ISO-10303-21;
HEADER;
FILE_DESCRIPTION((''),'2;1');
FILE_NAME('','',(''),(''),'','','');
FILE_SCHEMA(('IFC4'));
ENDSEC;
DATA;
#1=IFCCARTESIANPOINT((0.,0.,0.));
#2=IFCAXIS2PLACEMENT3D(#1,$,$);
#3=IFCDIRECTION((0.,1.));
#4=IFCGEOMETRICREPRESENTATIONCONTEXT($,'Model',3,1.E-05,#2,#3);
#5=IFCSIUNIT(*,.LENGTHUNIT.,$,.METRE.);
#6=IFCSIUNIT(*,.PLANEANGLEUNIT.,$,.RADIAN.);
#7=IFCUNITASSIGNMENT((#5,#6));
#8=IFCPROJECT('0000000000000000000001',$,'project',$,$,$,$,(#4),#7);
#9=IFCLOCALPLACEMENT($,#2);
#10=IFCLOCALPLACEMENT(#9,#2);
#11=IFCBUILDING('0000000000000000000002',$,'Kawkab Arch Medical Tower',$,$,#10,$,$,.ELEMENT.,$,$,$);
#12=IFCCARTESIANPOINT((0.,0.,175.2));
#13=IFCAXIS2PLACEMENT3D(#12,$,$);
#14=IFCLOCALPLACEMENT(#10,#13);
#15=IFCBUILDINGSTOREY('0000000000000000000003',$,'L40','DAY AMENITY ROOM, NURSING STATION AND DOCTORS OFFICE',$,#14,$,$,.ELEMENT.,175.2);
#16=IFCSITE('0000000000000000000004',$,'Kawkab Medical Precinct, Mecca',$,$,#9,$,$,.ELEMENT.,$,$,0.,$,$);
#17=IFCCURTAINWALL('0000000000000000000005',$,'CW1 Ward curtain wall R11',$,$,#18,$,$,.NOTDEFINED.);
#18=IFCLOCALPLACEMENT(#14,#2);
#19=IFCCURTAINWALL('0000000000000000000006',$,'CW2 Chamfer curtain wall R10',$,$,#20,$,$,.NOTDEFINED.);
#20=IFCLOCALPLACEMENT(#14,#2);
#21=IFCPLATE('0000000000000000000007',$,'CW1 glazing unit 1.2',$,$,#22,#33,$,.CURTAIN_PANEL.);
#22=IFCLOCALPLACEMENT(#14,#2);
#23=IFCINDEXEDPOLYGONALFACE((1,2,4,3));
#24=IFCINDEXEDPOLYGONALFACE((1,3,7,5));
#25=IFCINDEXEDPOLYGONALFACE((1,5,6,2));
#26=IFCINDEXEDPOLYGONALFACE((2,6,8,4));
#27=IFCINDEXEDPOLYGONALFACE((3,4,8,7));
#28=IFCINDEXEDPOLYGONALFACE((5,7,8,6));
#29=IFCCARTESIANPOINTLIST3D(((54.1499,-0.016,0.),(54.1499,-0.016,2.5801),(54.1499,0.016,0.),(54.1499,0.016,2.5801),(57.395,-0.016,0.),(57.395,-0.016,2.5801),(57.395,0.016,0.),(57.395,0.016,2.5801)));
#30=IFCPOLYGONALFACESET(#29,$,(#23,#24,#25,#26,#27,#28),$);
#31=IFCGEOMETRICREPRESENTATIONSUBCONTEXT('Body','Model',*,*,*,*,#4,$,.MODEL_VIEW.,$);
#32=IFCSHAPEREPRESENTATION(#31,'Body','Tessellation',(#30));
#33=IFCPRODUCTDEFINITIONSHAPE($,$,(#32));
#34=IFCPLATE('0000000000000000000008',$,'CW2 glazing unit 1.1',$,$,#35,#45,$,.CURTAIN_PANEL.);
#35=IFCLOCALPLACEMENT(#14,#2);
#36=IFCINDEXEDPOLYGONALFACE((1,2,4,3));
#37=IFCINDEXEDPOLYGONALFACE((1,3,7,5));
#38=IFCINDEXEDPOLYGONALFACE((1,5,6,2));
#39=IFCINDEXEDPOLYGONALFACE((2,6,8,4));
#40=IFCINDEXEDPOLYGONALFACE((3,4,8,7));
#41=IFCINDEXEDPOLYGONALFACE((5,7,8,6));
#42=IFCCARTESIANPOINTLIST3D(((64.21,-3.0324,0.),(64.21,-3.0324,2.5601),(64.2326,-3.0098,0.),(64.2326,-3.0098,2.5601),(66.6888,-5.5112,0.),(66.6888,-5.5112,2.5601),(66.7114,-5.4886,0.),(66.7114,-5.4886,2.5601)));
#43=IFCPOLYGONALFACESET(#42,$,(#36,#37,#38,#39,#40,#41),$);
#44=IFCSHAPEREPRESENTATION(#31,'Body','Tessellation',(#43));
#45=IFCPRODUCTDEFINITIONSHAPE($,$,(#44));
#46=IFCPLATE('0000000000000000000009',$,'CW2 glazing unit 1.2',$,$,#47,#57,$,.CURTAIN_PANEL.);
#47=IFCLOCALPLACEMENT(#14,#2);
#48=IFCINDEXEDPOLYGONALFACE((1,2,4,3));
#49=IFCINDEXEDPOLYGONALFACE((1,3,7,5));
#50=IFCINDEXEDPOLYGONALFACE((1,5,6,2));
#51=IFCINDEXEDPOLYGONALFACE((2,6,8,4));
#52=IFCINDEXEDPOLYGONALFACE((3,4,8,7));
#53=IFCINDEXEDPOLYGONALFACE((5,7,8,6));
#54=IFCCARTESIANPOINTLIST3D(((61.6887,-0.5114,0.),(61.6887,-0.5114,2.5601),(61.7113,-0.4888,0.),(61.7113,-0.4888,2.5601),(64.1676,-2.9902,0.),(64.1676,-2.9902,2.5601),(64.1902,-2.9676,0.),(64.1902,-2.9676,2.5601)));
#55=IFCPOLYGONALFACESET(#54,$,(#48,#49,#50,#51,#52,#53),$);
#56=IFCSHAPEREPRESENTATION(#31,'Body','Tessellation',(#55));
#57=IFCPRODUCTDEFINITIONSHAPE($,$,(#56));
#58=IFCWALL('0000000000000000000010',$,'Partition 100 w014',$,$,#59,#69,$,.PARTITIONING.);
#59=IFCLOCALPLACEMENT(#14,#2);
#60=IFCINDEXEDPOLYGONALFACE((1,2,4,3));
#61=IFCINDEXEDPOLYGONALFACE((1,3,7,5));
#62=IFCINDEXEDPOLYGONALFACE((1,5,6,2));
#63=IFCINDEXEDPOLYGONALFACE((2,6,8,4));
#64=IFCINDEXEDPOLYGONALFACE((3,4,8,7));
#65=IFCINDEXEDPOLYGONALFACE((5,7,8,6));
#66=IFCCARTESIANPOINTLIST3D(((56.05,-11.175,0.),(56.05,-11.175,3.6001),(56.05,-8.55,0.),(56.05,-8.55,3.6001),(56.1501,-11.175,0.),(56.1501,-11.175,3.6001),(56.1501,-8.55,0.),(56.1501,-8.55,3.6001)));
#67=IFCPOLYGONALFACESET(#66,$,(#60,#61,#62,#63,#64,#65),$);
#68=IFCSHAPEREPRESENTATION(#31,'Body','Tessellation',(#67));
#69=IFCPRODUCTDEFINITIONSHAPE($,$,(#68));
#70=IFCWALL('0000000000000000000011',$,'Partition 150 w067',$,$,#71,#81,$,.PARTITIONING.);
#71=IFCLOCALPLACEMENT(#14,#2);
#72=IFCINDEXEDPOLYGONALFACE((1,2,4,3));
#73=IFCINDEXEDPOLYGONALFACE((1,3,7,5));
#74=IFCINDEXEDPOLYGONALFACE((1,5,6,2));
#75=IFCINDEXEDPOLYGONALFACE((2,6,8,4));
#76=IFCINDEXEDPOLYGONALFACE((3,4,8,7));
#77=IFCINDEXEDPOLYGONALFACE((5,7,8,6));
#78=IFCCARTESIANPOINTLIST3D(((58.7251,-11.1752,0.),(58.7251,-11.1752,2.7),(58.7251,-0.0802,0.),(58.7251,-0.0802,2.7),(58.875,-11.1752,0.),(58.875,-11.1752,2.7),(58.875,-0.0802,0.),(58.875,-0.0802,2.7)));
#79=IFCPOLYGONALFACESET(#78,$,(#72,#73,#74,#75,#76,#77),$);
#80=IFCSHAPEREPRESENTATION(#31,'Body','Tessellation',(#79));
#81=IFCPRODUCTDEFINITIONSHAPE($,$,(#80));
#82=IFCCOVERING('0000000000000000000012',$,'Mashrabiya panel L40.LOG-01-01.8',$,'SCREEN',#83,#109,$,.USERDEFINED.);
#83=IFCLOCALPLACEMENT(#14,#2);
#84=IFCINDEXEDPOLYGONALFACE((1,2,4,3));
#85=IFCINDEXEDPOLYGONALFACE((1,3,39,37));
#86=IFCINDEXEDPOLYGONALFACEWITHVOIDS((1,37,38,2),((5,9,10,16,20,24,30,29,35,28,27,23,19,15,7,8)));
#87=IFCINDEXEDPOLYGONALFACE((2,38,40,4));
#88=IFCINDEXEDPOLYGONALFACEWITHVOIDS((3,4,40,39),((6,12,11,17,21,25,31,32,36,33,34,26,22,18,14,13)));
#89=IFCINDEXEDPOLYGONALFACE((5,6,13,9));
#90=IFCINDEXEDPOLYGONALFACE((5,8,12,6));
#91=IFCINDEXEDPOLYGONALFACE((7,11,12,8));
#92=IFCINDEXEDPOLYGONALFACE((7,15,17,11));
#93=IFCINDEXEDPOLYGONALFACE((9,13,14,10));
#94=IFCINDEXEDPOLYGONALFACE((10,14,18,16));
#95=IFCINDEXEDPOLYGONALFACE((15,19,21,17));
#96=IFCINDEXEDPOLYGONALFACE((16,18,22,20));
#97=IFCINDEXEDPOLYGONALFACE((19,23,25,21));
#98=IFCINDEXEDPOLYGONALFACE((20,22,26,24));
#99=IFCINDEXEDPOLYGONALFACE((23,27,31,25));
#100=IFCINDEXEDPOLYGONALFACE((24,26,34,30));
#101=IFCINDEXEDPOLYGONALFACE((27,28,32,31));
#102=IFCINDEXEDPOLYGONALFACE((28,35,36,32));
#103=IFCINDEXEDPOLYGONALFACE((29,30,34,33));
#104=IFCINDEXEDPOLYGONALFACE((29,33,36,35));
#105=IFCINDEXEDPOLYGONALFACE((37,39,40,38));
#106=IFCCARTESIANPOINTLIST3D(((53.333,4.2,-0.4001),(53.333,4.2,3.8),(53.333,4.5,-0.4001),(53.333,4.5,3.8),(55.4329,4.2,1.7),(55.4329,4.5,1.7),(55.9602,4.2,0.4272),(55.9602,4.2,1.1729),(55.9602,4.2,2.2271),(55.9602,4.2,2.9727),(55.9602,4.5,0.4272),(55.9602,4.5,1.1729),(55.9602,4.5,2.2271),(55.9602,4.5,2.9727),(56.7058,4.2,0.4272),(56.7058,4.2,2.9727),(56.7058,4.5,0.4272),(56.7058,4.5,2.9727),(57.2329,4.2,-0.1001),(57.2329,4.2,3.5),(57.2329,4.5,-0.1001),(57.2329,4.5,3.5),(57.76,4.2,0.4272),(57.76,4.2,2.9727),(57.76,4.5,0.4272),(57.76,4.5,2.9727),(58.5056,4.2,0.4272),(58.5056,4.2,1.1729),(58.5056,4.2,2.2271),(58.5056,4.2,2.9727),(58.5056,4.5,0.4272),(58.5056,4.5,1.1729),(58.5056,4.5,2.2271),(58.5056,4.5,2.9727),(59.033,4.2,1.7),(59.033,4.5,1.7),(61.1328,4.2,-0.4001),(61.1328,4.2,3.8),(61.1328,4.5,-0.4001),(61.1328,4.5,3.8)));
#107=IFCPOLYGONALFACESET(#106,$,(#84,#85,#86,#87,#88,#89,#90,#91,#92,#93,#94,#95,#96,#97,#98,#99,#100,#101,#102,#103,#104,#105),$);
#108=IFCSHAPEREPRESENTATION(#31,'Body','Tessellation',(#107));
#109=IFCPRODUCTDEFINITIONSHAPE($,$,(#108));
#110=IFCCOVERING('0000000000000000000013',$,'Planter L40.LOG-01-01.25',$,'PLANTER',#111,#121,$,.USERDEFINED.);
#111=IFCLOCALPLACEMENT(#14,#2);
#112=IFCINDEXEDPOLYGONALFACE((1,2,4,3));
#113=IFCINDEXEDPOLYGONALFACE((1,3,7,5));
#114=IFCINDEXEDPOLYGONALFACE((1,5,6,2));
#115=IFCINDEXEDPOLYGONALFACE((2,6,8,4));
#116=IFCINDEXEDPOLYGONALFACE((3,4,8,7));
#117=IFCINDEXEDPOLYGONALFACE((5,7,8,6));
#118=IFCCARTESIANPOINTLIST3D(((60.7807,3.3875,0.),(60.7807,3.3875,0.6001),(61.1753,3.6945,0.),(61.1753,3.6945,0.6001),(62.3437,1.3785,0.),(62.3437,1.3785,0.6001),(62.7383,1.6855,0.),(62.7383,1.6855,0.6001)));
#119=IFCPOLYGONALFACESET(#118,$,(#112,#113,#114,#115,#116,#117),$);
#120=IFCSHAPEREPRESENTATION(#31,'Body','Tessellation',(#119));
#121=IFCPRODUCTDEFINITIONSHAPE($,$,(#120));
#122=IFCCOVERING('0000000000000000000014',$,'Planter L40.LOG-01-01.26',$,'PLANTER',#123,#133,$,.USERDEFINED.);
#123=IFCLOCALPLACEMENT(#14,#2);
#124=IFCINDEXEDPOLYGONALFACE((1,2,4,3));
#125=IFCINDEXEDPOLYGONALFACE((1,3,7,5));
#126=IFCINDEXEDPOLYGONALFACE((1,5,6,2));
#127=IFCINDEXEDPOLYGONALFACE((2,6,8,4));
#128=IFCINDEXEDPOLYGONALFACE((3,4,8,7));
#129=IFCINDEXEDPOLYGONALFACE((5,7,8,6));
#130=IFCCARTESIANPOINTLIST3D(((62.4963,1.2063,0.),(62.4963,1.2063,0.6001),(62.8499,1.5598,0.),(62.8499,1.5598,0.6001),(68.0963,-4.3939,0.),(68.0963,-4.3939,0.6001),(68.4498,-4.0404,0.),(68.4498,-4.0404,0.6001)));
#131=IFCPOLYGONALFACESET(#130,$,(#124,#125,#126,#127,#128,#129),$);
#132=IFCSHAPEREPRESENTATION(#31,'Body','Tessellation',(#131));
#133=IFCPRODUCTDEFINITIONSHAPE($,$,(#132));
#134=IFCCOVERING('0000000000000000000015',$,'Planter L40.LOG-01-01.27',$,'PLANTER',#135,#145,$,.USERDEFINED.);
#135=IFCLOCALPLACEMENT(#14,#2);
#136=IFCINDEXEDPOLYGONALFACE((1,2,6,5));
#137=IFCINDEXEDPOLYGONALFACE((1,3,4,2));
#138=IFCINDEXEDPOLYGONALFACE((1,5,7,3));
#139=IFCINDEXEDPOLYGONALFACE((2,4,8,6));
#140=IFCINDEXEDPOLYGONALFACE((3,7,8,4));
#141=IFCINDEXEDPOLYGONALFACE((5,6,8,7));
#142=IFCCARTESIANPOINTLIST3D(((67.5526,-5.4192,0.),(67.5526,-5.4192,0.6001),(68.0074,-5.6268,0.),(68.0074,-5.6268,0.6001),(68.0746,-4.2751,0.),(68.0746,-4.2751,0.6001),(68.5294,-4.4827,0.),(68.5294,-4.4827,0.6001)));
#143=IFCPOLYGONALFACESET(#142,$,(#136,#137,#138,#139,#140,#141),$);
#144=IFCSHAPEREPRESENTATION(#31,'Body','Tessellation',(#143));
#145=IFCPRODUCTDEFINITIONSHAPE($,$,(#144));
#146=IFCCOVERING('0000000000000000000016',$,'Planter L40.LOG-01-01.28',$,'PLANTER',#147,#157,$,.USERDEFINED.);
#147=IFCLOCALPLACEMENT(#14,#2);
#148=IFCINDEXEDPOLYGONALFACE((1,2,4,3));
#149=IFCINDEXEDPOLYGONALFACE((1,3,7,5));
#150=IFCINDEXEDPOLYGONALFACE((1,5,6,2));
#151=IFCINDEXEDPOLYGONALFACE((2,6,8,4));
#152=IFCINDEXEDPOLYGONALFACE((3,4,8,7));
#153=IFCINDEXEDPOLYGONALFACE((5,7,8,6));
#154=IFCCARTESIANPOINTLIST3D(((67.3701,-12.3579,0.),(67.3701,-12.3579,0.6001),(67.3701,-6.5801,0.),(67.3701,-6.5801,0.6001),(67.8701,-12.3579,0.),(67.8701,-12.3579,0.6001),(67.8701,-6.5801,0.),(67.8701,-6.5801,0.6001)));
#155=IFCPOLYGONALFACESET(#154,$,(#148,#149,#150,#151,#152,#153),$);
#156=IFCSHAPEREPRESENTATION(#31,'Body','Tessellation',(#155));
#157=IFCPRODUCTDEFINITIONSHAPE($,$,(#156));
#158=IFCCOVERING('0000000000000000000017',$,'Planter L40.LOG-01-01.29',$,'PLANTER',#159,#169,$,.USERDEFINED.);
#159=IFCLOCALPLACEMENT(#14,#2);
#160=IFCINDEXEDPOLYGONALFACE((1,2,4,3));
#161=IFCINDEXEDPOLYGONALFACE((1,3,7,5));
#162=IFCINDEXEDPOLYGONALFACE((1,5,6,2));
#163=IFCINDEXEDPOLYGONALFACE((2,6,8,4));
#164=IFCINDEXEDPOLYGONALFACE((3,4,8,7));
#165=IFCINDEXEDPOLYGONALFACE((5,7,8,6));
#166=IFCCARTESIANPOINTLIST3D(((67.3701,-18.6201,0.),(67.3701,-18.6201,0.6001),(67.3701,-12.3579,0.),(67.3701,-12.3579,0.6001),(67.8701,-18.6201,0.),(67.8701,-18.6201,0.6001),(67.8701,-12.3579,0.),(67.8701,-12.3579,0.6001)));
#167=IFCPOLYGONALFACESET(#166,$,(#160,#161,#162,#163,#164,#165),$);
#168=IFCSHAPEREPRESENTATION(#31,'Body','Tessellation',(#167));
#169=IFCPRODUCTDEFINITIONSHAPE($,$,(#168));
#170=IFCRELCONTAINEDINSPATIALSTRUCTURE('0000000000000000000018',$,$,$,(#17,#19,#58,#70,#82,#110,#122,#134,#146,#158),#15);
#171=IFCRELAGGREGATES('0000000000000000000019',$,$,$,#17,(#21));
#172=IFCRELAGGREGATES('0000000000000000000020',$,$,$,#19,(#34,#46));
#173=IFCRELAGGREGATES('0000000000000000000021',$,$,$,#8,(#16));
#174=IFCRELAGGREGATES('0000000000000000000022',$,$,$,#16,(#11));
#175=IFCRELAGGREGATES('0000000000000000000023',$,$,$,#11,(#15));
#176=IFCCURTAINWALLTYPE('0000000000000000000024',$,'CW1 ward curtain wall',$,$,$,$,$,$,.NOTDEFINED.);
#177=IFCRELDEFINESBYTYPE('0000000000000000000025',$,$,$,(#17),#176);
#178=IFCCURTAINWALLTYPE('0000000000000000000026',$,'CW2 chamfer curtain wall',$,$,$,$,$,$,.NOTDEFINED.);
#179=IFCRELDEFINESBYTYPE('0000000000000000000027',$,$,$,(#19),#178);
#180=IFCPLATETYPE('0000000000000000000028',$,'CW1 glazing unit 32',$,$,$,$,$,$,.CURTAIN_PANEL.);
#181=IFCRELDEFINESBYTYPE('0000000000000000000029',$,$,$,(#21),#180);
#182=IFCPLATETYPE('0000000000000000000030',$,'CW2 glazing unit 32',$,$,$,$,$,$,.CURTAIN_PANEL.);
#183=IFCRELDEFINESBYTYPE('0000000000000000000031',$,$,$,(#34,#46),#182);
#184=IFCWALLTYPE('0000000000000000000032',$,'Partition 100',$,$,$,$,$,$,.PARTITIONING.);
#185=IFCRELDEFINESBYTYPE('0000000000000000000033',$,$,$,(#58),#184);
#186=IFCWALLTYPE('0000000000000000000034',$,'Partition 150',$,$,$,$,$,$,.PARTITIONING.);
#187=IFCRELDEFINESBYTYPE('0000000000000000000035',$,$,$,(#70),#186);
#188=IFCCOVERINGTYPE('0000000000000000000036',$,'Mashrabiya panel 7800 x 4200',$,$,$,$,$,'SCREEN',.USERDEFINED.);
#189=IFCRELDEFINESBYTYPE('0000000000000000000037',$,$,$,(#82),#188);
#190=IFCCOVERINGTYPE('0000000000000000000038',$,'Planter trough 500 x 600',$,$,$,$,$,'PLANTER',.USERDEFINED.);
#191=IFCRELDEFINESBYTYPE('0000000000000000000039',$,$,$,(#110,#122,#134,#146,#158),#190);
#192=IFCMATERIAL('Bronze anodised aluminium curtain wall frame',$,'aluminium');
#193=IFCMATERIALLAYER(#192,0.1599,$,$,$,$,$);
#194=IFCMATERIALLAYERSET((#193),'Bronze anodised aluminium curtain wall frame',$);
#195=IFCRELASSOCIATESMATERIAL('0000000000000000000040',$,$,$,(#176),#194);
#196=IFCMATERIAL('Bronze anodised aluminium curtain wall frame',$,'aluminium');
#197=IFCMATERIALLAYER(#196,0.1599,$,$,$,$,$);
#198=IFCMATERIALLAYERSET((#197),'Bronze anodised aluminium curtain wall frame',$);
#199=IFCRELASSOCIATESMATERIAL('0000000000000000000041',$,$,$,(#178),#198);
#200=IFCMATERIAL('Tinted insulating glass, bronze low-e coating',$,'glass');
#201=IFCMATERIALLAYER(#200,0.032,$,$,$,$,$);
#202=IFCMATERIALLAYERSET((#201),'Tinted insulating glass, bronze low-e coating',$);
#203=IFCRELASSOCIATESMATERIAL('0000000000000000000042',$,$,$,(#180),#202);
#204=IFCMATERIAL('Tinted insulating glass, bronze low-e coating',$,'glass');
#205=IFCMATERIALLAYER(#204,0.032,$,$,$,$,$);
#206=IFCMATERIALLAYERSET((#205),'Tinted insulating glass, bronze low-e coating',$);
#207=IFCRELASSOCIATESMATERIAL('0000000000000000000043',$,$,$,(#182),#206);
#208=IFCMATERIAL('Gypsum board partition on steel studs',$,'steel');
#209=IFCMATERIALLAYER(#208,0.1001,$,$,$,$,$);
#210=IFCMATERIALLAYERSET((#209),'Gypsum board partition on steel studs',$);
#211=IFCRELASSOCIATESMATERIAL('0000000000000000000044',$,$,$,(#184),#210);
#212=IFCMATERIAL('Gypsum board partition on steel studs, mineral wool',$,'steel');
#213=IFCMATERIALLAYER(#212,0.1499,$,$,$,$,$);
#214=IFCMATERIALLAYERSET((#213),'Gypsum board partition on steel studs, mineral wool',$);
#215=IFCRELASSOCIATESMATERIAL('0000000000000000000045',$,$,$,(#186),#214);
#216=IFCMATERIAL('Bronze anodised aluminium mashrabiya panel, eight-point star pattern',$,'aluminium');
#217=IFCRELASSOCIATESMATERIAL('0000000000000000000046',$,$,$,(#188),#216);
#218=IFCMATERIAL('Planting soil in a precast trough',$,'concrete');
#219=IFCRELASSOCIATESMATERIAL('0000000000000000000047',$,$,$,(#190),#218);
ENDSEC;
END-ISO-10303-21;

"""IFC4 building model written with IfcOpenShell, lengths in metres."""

from ifc_helpers import new_model, si_unit, direction, frame, frame_2d, origin, origin_2d, place, context, subcontext, project, spatial, polyline, rectangle, outline, extrude, material, layer, layer_set, material_profile, profile_set, type_object, element, aggregate, save


model = new_model("IFC4")

# Units and contexts
model_context = context("Model", 3, precision=1e-05, world=origin(), true_north=direction((0.0, 1.0)))
body_context = subcontext(model_context, "Body", "Model", "MODEL_VIEW")
ifc_project = project(units=[si_unit("LENGTHUNIT", "METRE"), si_unit("PLANEANGLEUNIT", "RADIAN")], contexts=[model_context])

# Site, building, storey
site_placement = place(None, origin())
site = spatial("IfcSite", under=ifc_project, at=site_placement, Name="Kawkab Medical Precinct, Mecca", CompositionType="ELEMENT", RefElevation=0.0)
building_placement = place(site_placement, origin())
building = spatial("IfcBuilding", under=site, at=building_placement, Name="Kawkab Arch Medical Tower", CompositionType="ELEMENT")
storey_placement = place(building_placement, frame((0.0, 0.0, 175.2)))
storey = spatial("IfcBuildingStorey", under=building, at=storey_placement, Name="L40", Description="DAY AMENITY ROOM, NURSING STATION AND DOCTORS OFFICE", CompositionType="ELEMENT", Elevation=175.2)

# Shared definitions
ifc_material_1 = material(Name="Bronze anodised aluminium curtain wall frame", Category="aluminium")
ifc_layer_1 = layer(ifc_material_1, 0.1599)
ifc_layer_set_1 = layer_set([ifc_layer_1], Name="Bronze anodised aluminium curtain wall frame")
curtain_wall_type_1 = type_object("IfcCurtainWallType", Name="CW1 ward curtain wall", PredefinedType="NOTDEFINED", material=ifc_layer_set_1)
placement = place(storey_placement, origin())

# Curtain walls
curtain_wall_1 = element("IfcCurtainWall", 1, at=placement, inside=storey, type_object=curtain_wall_type_1, Name="CW1 Ward curtain wall R11", PredefinedType="NOTDEFINED")
ifc_material_2 = material(Name="Bronze anodised aluminium curtain wall frame", Category="aluminium")
ifc_layer_2 = layer(ifc_material_2, 0.1599)
ifc_layer_set_2 = layer_set([ifc_layer_2], Name="Bronze anodised aluminium curtain wall frame")
curtain_wall_type_2 = type_object("IfcCurtainWallType", Name="CW2 chamfer curtain wall", PredefinedType="NOTDEFINED", material=ifc_layer_set_2)
curtain_wall_2 = element("IfcCurtainWall", 2, at=placement, inside=storey, type_object=curtain_wall_type_2, Name="CW2 Chamfer curtain wall R10", PredefinedType="NOTDEFINED")

# Plates
ifc_material_3 = material(Name="Tinted insulating glass, bronze low-e coating", Category="glass")
ifc_layer_3 = layer(ifc_material_3, 0.032)
ifc_layer_set_3 = layer_set([ifc_layer_3], Name="Tinted insulating glass, bronze low-e coating")
plate_type_1 = type_object("IfcPlateType", Name="CW1 glazing unit 32", PredefinedType="CURTAIN_PANEL", material=ifc_layer_set_3)
plate_1_placement = place(storey_placement, frame((55.7725, 0.0, 0.0), z_axis=(0.0, 0.0, 1.0), x_axis=(-1.0, 0.0, 0.0)))
plate_1 = element("IfcPlate", 3, at=plate_1_placement, type_object=plate_type_1, Name="CW1 glazing unit 1.2", PredefinedType="CURTAIN_PANEL", context=body_context, shape_type="SweptSolid", body=[
    extrude(rectangle(XDim=3.2451, YDim=0.032, at=origin_2d()), origin(), (0.0, 0.0, 1.0), 2.5801),
])
aggregate(curtain_wall_1, [plate_1])
ifc_material_4 = material(Name="Tinted insulating glass, bronze low-e coating", Category="glass")
ifc_layer_4 = layer(ifc_material_4, 0.032)
ifc_layer_set_4 = layer_set([ifc_layer_4], Name="Tinted insulating glass, bronze low-e coating")
plate_type_2 = type_object("IfcPlateType", Name="CW2 glazing unit 32", PredefinedType="CURTAIN_PANEL", material=ifc_layer_set_4)
plate_2_placement = place(storey_placement, frame((65.4607, -4.2605, 0.0), z_axis=(0.0, 0.0, 1.0), x_axis=(-0.707107, 0.707107, 0.0)))
plate_2 = element("IfcPlate", 4, at=plate_2_placement, type_object=plate_type_2, Name="CW2 glazing unit 1.1", PredefinedType="CURTAIN_PANEL", context=body_context, shape_type="SweptSolid", body=[
    extrude(rectangle(XDim=3.5056, YDim=0.032, at=origin_2d()), origin(), (0.0, 0.0, 1.0), 2.5601),
])
plate_3_placement = place(storey_placement, frame((62.9395, -1.7395, 0.0), z_axis=(0.0, 0.0, 1.0), x_axis=(-0.707107, 0.707107, 0.0)))
plate_3 = element("IfcPlate", 5, at=plate_3_placement, type_object=plate_type_2, Name="CW2 glazing unit 1.2", PredefinedType="CURTAIN_PANEL", context=body_context, shape_type="SweptSolid", body=[
    extrude(rectangle(XDim=3.5056, YDim=0.032, at=origin_2d()), origin(), (0.0, 0.0, 1.0), 2.5601),
])
aggregate(curtain_wall_2, [plate_2, plate_3])

# Walls
ifc_material_5 = material(Name="Gypsum board partition on steel studs", Category="steel")
ifc_layer_5 = layer(ifc_material_5, 0.1001)
ifc_layer_set_5 = layer_set([ifc_layer_5], Name="Gypsum board partition on steel studs")
wall_type_1 = type_object("IfcWallType", Name="Partition 100", PredefinedType="PARTITIONING", material=ifc_layer_set_5)
wall_1_placement = place(storey_placement, frame((56.1001, -11.175, 0.0), z_axis=(0.0, 0.0, 1.0), x_axis=(0.0, 1.0, 0.0)))
element("IfcWall", 6, at=wall_1_placement, inside=storey, type_object=wall_type_1, Name="Partition 100 w014", PredefinedType="PARTITIONING", context=body_context, shape_type="SweptSolid", body=[
    extrude(rectangle(XDim=2.625, YDim=0.1001, at=frame_2d((1.3125, 0.0))), origin(), (0.0, 0.0, 1.0), 3.6001),
])
ifc_material_6 = material(Name="Gypsum board partition on steel studs, mineral wool", Category="steel")
ifc_layer_6 = layer(ifc_material_6, 0.1499)
ifc_layer_set_6 = layer_set([ifc_layer_6], Name="Gypsum board partition on steel studs, mineral wool")
wall_type_2 = type_object("IfcWallType", Name="Partition 150", PredefinedType="PARTITIONING", material=ifc_layer_set_6)
wall_2_placement = place(storey_placement, frame((58.8, -11.175, 0.0), z_axis=(0.0, 0.0, 1.0), x_axis=(0.0, 1.0, 0.0)))
element("IfcWall", 7, at=wall_2_placement, inside=storey, type_object=wall_type_2, Name="Partition 150 w067", PredefinedType="PARTITIONING", context=body_context, shape_type="SweptSolid", body=[
    extrude(rectangle(XDim=11.095, YDim=0.1499, at=frame_2d((5.5474, 0.0))), origin(), (0.0, 0.0, 1.0), 2.7),
])

# Coverings
ifc_material_7 = material(Name="Bronze anodised aluminium mashrabiya panel, eight-point star pattern", Category="aluminium")
ifc_material_profile_1 = material_profile(ifc_material_7, outline(polyline([(-3.8999, -2.1001), (3.8999, -2.1001), (3.8999, 2.1001), (-3.8999, 2.1001), (-3.8999, -2.1001)]), holes=[polyline([(1.8, 0.0), (1.2727, 0.5271), (1.2727, 1.2727), (0.5271, 1.2727), (0.0, 1.8), (-0.5271, 1.2727), (-1.2727, 1.2727), (-1.2727, 0.5271), (-1.8, 0.0), (-1.2727, -0.5271), (-1.2727, -1.2727), (-0.5271, -1.2727), (0.0, -1.8), (0.5271, -1.2727), (1.2727, -1.2727), (1.2727, -0.5271), (1.8, 0.0)])]), Name="Mashrabiya panel 7800x4200")
ifc_profile_set_1 = profile_set([ifc_material_profile_1], Name="Bronze anodised aluminium mashrabiya panel, eight-point star pattern")
covering_type_1 = type_object("IfcCoveringType", Name="Mashrabiya panel 7800 x 4200", ElementType="SCREEN", PredefinedType="USERDEFINED", material=ifc_profile_set_1)
covering_1_placement = place(storey_placement, frame((57.2329, 4.2, 1.7), z_axis=(0.0, 1.0, 0.0), x_axis=(-1.0, 0.0, 0.0)))
element("IfcCovering", 8, at=covering_1_placement, inside=storey, type_object=covering_type_1, Name="Mashrabiya panel L40.LOG-01-01.8", ObjectType="SCREEN", PredefinedType="USERDEFINED", context=body_context, shape_type="SweptSolid", body=[
    extrude(outline(polyline([(-3.8999, -2.1001), (3.8999, -2.1001), (3.8999, 2.1001), (-3.8999, 2.1001), (-3.8999, -2.1001)]), holes=[polyline([(1.8, 0.0), (1.2727, 0.5271), (1.2727, 1.2727), (0.5271, 1.2727), (0.0, 1.8), (-0.5271, 1.2727), (-1.2727, 1.2727), (-1.2727, 0.5271), (-1.8, 0.0), (-1.2727, -0.5271), (-1.2727, -1.2727), (-0.5271, -1.2727), (0.0, -1.8), (0.5271, -1.2727), (1.2727, -1.2727), (1.2727, -0.5271), (1.8, 0.0)])]), origin(), (0.0, 0.0, 1.0), 0.3),
])
ifc_material_8 = material(Name="Planting soil in a precast trough", Category="concrete")
ifc_material_profile_2 = material_profile(ifc_material_8, rectangle(XDim=0.5, YDim=0.6001, at=origin_2d()), Name="Trough 500x600")
ifc_profile_set_2 = profile_set([ifc_material_profile_2], Name="Planting soil in a precast trough")
covering_type_2 = type_object("IfcCoveringType", Name="Planter trough 500 x 600", ElementType="PLANTER", PredefinedType="USERDEFINED", material=ifc_profile_set_2)
covering_2_placement = place(storey_placement, frame((60.978, 3.541, 0.3), z_axis=(0.61404, -0.789275, 0.0), x_axis=(0.789275, 0.61404, 0.0)))
element("IfcCovering", 9, at=covering_2_placement, inside=storey, type_object=covering_type_2, Name="Planter L40.LOG-01-01.25", ObjectType="PLANTER", PredefinedType="USERDEFINED", context=body_context, shape_type="SweptSolid", body=[
    extrude(rectangle(XDim=0.5, YDim=0.6001, at=origin_2d()), origin(), (0.0, 0.0, 1.0), 2.5454),
])
covering_3_placement = place(storey_placement, frame((62.6731, 1.3831, 0.3), z_axis=(0.707091, -0.707122, 0.0), x_axis=(0.707122, 0.707091, 0.0)))
element("IfcCovering", 10, at=covering_3_placement, inside=storey, type_object=covering_type_2, Name="Planter L40.LOG-01-01.26", ObjectType="PLANTER", PredefinedType="USERDEFINED", context=body_context, shape_type="SweptSolid", body=[
    extrude(rectangle(XDim=0.5, YDim=0.6001, at=origin_2d()), origin(), (0.0, 0.0, 1.0), 7.9197),
])
covering_4_placement = place(storey_placement, frame((68.302, -4.3789, 0.3), z_axis=(-0.41509, -0.90978, 0.0), x_axis=(0.90978, -0.41509, 0.0)))
element("IfcCovering", 11, at=covering_4_placement, inside=storey, type_object=covering_type_2, Name="Planter L40.LOG-01-01.27", ObjectType="PLANTER", PredefinedType="USERDEFINED", context=body_context, shape_type="SweptSolid", body=[
    extrude(rectangle(XDim=0.5, YDim=0.6001, at=origin_2d()), origin(), (0.0, 0.0, 1.0), 1.2576),
])
covering_5_placement = place(storey_placement, frame((67.6201, -6.5801, 0.3), z_axis=(0.0, -1.0, 0.0), x_axis=(1.0, 0.0, 0.0)))
element("IfcCovering", 12, at=covering_5_placement, inside=storey, type_object=covering_type_2, Name="Planter L40.LOG-01-01.28", ObjectType="PLANTER", PredefinedType="USERDEFINED", context=body_context, shape_type="SweptSolid", body=[
    extrude(rectangle(XDim=0.5, YDim=0.6001, at=origin_2d()), origin(), (0.0, 0.0, 1.0), 5.7778),
])
covering_6_placement = place(storey_placement, frame((67.6201, -12.3579, 0.3), z_axis=(0.0, -1.0, 0.0), x_axis=(1.0, 0.0, 0.0)))
element("IfcCovering", 13, at=covering_6_placement, inside=storey, type_object=covering_type_2, Name="Planter L40.LOG-01-01.29", ObjectType="PLANTER", PredefinedType="USERDEFINED", context=body_context, shape_type="SweptSolid", body=[
    extrude(rectangle(XDim=0.5, YDim=0.6001, at=origin_2d()), origin(), (0.0, 0.0, 1.0), 6.2622),
])

save(model, "model.ifc")
